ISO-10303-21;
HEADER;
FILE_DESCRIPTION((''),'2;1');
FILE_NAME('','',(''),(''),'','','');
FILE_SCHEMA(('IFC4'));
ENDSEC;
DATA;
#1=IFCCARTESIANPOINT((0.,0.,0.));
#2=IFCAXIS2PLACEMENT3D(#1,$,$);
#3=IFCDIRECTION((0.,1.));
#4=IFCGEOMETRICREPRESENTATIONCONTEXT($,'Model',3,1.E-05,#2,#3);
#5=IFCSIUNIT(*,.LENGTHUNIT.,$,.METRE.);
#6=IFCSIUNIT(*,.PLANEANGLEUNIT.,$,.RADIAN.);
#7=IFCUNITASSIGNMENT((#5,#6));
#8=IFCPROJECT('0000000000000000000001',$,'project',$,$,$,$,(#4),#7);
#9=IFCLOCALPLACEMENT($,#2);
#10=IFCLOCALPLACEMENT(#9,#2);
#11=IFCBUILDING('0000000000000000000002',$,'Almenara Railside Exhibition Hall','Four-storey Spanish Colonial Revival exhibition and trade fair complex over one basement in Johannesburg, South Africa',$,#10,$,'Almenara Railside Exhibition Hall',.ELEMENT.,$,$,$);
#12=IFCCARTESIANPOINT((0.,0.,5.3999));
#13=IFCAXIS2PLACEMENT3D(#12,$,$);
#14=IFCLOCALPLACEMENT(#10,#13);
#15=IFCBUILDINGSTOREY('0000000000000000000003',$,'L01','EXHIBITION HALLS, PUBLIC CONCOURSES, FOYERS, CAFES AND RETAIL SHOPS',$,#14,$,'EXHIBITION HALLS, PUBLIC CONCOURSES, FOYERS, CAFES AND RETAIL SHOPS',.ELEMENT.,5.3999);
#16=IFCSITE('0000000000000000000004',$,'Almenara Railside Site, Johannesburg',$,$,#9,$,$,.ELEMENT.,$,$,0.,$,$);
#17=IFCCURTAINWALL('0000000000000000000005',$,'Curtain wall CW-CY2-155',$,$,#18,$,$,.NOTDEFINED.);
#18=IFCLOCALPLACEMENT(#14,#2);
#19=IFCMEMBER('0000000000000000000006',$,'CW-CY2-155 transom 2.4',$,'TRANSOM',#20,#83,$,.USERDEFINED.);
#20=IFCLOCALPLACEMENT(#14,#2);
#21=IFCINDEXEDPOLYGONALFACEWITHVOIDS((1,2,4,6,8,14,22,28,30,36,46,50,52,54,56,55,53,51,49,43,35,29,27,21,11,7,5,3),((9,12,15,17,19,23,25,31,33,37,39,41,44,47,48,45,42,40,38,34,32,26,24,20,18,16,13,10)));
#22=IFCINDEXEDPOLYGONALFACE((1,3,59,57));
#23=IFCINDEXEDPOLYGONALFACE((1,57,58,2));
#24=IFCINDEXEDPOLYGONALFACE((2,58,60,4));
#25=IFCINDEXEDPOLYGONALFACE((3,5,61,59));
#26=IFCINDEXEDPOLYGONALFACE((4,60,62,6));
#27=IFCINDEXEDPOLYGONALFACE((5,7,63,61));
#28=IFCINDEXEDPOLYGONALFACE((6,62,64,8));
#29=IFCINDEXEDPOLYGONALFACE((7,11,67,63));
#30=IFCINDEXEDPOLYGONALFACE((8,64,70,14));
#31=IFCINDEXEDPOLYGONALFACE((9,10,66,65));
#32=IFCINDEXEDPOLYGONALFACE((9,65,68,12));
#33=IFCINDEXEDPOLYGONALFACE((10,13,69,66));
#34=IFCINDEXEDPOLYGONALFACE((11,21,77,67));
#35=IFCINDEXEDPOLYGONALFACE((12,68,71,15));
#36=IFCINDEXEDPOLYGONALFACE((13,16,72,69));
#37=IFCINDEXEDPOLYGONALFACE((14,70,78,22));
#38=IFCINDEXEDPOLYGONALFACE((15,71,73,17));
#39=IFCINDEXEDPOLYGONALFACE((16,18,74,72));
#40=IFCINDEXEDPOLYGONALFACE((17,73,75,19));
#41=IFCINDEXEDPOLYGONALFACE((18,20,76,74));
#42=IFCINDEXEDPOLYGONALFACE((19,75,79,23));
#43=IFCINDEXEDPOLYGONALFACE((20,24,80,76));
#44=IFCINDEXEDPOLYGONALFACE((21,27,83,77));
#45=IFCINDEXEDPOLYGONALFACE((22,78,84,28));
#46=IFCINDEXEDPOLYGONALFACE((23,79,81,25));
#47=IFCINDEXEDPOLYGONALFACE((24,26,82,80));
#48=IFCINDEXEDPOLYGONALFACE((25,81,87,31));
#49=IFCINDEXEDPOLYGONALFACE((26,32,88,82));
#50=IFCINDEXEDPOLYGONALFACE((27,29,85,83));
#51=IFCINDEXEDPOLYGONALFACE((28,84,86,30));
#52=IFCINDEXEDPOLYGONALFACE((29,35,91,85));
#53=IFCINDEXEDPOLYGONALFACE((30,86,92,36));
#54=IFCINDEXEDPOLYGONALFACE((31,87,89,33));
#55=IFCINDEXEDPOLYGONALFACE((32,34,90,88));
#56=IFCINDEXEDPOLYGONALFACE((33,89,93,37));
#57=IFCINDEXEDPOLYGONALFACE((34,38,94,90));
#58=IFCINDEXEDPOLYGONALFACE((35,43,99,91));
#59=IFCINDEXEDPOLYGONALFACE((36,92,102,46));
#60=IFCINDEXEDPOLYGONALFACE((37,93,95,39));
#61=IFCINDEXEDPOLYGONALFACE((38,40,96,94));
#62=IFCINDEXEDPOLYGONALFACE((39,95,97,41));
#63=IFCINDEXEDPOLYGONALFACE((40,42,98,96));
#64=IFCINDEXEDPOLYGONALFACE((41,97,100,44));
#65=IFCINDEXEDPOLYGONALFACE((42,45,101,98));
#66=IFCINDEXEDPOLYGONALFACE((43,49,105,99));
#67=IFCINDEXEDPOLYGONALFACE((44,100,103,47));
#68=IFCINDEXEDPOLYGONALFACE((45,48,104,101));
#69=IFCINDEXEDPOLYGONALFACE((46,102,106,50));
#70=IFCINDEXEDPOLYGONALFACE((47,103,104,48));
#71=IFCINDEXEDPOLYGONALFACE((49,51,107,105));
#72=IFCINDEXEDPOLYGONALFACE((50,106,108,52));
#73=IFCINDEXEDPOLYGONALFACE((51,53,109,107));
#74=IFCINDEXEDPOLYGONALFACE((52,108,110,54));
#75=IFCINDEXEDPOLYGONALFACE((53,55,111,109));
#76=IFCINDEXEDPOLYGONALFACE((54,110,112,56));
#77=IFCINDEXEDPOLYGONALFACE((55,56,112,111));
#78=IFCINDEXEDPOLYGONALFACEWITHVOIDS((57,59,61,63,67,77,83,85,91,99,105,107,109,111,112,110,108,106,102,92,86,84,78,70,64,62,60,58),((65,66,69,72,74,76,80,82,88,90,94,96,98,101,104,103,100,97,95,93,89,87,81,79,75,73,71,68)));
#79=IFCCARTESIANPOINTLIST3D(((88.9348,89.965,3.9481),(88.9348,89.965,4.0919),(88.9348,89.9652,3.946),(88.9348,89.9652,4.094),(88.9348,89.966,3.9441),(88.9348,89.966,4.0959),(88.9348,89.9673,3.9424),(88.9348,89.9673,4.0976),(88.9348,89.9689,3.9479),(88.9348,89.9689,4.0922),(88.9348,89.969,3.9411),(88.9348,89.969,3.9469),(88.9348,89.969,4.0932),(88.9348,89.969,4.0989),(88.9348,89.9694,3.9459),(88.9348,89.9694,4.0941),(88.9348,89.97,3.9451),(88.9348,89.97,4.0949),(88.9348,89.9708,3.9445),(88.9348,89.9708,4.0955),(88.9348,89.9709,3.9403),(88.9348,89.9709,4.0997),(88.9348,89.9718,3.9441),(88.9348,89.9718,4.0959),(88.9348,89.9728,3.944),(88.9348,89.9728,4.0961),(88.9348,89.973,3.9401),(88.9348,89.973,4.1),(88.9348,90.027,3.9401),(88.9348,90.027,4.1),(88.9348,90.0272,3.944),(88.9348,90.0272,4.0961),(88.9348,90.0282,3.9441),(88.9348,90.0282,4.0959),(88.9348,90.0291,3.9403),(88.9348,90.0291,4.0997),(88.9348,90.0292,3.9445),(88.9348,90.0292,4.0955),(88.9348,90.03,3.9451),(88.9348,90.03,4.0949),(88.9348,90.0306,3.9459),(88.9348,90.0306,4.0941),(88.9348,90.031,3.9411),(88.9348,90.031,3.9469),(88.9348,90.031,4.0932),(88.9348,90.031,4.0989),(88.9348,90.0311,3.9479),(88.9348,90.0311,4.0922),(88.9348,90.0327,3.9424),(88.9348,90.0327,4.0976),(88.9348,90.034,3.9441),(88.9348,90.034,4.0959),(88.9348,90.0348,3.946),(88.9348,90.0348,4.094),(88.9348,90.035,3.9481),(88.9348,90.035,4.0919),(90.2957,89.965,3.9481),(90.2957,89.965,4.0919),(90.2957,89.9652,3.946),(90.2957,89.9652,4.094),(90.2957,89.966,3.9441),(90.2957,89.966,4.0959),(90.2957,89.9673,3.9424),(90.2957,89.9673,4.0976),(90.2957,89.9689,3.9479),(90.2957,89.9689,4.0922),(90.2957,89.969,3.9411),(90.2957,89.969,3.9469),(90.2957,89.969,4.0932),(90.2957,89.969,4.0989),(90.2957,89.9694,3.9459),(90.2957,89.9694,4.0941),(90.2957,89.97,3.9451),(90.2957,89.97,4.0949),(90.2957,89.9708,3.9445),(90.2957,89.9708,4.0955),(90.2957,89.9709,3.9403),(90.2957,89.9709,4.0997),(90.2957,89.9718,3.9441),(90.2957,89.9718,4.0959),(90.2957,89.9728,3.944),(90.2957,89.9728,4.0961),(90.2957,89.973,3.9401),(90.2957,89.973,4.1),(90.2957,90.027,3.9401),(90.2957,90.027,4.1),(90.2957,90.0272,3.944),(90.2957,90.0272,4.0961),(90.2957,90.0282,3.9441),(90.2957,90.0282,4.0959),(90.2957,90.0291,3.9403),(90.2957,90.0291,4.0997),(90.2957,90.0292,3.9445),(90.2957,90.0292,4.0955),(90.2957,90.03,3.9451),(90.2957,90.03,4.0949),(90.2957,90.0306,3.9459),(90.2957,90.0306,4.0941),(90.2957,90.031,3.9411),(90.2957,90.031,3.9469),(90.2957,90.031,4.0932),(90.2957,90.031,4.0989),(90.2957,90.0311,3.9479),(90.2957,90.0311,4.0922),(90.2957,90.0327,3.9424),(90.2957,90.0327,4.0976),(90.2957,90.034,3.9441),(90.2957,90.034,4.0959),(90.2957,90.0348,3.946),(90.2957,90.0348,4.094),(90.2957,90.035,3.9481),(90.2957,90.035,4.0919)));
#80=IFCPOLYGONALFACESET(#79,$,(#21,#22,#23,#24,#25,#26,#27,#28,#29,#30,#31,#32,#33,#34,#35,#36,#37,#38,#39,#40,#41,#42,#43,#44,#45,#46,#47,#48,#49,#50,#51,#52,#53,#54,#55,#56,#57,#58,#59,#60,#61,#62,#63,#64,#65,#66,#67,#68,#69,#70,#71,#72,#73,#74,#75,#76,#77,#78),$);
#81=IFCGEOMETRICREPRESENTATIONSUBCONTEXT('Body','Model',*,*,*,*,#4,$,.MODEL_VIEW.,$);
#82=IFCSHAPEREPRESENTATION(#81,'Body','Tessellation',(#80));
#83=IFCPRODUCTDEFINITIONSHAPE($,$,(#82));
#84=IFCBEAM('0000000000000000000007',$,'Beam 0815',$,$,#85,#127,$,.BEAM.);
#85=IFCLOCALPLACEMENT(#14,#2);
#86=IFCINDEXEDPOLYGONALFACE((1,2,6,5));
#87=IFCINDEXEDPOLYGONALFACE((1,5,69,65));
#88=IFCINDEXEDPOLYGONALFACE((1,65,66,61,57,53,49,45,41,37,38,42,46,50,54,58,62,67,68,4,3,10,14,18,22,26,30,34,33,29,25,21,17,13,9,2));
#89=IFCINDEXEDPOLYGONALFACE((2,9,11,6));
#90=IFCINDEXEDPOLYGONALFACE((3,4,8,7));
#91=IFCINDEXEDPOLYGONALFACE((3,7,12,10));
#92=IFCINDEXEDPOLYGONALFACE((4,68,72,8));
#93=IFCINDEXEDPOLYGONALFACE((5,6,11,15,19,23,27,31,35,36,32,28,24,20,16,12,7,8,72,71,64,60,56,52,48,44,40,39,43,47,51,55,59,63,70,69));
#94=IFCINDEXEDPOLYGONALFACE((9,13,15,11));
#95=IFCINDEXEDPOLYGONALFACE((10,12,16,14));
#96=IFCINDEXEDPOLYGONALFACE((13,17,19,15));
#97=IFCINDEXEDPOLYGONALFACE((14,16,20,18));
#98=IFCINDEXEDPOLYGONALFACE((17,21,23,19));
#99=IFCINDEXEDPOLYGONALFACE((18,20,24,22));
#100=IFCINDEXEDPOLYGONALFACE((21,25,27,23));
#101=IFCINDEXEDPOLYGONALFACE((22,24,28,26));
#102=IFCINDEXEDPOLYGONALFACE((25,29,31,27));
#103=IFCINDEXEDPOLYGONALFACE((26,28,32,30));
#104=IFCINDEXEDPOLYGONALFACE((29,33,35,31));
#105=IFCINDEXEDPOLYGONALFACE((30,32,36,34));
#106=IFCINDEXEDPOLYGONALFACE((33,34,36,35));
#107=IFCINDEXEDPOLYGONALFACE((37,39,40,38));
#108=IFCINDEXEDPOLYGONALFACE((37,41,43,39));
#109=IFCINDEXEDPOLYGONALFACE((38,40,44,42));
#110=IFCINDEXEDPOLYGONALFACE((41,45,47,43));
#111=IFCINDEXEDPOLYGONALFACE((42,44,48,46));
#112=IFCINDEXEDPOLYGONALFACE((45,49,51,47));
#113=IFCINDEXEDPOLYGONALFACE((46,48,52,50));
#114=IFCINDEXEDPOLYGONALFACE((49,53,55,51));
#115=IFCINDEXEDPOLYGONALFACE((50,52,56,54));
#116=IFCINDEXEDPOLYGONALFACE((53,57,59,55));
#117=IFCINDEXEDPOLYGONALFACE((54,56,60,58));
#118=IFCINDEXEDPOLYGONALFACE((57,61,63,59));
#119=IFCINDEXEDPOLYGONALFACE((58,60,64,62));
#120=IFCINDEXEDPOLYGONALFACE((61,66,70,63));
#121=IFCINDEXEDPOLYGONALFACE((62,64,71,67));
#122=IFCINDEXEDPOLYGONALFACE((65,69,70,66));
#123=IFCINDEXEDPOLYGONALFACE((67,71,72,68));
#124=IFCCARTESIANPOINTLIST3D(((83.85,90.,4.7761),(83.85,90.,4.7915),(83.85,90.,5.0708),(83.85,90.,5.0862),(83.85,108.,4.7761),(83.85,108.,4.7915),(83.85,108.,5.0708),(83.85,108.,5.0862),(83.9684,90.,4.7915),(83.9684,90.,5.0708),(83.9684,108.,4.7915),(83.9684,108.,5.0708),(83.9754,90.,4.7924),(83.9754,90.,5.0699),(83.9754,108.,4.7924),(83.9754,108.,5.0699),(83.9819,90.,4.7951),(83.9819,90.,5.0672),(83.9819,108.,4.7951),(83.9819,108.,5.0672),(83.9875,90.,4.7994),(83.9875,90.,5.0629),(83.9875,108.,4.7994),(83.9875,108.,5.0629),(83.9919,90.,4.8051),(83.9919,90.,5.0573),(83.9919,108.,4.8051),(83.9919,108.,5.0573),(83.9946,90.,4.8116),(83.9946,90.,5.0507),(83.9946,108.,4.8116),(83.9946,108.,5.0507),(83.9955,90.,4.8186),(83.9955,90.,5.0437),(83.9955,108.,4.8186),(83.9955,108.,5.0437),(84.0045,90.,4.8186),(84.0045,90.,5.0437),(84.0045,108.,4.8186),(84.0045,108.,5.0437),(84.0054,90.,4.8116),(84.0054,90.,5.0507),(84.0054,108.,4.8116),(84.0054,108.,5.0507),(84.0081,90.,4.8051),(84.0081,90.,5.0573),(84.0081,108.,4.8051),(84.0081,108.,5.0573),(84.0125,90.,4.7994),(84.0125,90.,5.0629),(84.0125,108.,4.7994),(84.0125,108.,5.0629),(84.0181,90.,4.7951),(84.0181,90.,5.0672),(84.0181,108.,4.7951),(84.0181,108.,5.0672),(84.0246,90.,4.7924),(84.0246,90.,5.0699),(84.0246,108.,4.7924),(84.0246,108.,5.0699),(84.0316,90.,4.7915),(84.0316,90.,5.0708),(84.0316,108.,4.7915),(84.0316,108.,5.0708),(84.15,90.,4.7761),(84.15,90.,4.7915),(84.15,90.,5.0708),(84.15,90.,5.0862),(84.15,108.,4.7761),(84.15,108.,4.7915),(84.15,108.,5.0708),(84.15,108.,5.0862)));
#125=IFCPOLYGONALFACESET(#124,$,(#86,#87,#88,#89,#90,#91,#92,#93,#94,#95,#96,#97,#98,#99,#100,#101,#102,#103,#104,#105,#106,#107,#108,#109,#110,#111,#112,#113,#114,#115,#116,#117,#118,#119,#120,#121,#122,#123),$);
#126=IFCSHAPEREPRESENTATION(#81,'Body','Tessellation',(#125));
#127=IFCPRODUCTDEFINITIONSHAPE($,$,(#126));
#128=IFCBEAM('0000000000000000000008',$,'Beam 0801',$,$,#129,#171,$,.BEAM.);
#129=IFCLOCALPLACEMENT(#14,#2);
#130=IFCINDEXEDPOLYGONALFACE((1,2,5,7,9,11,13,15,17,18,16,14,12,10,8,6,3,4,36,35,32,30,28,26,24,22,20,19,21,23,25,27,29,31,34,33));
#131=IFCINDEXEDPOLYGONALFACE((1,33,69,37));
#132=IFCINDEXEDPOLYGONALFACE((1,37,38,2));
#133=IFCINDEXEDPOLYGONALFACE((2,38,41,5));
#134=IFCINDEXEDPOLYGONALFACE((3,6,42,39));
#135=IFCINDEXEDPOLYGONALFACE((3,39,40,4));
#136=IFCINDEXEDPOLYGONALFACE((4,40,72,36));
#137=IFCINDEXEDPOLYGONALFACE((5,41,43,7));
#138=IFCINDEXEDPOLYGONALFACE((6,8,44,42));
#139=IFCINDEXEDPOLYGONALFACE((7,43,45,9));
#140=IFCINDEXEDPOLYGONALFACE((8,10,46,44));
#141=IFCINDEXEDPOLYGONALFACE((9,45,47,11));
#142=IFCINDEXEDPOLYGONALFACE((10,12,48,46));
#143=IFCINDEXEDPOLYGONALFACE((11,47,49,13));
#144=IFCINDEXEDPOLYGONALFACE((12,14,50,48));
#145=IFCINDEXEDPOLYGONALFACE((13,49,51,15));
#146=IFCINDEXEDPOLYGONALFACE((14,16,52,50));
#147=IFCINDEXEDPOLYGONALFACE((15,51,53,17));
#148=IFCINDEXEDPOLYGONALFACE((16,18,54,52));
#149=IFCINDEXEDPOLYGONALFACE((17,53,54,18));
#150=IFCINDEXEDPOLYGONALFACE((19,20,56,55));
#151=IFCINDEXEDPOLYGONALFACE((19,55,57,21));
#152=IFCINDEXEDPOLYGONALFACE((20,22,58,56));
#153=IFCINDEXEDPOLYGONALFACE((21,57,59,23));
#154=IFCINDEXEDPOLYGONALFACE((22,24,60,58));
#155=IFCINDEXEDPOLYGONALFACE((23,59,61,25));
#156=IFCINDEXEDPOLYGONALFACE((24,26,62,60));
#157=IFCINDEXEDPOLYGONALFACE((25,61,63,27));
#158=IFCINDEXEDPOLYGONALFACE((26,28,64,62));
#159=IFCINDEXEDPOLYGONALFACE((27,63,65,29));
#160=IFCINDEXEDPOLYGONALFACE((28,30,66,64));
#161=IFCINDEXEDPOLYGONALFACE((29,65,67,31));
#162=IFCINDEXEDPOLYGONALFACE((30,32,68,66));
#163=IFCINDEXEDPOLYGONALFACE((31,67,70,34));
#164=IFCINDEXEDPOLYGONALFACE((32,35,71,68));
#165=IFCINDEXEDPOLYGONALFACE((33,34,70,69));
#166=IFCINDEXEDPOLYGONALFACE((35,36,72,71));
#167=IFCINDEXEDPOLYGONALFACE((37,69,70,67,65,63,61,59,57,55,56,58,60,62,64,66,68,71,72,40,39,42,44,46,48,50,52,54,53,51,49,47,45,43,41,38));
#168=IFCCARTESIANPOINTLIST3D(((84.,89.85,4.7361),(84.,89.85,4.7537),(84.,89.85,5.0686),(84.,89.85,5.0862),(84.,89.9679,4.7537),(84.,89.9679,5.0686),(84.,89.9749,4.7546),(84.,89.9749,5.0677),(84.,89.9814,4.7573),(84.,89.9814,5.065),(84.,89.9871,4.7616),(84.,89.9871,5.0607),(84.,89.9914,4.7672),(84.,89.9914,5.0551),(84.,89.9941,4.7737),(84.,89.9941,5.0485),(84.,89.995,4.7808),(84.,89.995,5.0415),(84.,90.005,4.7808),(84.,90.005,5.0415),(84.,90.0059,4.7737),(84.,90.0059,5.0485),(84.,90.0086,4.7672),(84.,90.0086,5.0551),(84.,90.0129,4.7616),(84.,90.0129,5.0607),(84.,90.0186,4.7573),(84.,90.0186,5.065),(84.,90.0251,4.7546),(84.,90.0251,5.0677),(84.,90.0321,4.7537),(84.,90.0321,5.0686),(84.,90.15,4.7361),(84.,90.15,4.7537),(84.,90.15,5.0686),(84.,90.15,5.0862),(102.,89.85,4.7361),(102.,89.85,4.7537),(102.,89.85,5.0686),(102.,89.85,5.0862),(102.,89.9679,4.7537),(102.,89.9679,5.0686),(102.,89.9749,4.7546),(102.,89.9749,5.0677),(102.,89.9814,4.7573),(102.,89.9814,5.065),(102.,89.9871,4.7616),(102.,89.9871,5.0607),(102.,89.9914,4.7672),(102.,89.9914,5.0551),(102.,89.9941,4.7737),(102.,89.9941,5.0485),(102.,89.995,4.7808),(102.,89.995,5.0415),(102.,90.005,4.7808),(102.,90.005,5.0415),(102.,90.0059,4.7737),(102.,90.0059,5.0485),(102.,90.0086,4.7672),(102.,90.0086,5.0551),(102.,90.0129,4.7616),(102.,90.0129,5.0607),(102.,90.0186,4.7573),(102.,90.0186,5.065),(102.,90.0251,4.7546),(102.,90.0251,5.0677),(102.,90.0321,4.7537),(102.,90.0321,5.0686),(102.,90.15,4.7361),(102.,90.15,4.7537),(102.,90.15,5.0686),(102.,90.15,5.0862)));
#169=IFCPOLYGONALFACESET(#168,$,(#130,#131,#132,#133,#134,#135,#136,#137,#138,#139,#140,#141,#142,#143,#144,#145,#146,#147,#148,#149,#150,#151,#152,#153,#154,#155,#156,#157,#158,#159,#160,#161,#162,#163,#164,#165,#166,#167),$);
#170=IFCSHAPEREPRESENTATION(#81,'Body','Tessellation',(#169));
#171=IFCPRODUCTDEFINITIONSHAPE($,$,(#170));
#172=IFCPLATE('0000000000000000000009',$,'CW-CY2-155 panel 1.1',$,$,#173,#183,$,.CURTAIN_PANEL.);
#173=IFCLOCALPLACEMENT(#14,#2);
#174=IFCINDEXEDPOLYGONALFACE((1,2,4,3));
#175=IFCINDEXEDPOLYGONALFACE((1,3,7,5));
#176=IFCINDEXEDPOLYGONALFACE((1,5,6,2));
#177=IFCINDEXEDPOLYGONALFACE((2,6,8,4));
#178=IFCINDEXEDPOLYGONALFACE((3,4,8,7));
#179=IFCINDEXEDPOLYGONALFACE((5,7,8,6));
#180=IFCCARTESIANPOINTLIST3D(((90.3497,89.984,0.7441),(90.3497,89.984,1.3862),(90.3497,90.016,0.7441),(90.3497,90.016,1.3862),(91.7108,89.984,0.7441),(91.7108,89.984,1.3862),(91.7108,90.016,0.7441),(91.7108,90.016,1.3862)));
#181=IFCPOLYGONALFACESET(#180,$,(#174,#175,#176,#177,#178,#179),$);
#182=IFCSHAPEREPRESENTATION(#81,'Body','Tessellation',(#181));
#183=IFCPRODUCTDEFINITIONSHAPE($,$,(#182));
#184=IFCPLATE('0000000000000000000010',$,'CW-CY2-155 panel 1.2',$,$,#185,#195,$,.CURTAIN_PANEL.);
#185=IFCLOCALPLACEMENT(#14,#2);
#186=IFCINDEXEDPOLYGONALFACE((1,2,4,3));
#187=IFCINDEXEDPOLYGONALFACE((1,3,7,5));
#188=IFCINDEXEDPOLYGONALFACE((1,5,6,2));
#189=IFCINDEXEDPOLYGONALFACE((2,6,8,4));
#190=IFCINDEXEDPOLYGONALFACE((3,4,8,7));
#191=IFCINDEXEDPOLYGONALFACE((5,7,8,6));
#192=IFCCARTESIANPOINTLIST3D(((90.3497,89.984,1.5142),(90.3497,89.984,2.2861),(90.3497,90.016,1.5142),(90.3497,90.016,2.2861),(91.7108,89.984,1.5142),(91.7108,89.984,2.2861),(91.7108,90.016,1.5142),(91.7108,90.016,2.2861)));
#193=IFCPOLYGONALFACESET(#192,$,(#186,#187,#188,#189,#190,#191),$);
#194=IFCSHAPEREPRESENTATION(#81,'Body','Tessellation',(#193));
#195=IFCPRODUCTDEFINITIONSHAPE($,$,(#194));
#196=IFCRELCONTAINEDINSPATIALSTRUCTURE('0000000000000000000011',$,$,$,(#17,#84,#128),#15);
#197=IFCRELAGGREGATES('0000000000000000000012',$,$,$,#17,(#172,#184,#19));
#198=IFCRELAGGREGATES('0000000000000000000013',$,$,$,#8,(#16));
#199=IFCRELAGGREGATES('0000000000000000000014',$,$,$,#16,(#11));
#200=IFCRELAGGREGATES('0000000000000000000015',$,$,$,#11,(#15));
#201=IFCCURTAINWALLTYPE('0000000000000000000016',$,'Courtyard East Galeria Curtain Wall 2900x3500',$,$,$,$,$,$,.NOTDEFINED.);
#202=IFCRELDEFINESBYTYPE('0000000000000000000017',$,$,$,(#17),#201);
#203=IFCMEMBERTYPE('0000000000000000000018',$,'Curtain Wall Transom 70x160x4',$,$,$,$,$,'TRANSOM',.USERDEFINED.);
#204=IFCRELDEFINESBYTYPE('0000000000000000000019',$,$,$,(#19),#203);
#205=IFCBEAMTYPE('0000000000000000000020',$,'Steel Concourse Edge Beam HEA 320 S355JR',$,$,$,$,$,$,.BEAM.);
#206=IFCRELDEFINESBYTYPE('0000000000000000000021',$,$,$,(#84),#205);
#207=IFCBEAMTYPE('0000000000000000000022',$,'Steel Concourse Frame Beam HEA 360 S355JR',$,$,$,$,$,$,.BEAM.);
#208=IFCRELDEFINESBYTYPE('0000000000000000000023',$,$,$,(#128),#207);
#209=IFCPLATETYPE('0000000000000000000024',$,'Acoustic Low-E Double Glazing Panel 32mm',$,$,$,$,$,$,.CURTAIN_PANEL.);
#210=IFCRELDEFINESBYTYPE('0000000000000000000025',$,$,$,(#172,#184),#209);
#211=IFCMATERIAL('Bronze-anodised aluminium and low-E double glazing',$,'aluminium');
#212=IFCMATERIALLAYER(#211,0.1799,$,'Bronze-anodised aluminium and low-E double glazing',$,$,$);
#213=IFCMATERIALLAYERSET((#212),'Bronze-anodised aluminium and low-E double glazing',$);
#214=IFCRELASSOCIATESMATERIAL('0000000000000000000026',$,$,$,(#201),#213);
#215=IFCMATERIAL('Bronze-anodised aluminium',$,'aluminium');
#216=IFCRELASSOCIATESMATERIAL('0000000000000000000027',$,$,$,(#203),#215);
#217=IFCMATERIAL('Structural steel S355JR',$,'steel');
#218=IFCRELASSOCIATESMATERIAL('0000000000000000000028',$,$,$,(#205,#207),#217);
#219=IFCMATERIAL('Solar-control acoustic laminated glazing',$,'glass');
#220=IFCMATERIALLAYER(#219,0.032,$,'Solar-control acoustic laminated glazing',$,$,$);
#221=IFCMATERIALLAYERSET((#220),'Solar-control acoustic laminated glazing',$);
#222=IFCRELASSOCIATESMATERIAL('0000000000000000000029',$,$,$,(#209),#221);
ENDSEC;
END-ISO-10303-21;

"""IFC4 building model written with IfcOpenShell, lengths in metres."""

from ifc_helpers import new_model, si_unit, direction, frame, origin, origin_2d, place, context, subcontext, project, spatial, rectangle, hollow_rectangle, i_section, extrude, material, layer, layer_set, material_profile, profile_set, type_object, element, aggregate, save


model = new_model("IFC4")

# Units and contexts
model_context = context("Model", 3, precision=1e-05, world=origin(), true_north=direction((0.0, 1.0)))
body_context = subcontext(model_context, "Body", "Model", "MODEL_VIEW")
ifc_project = project(units=[si_unit("LENGTHUNIT", "METRE"), si_unit("PLANEANGLEUNIT", "RADIAN")], contexts=[model_context])

# Site, building, storey
site_placement = place(None, origin())
site = spatial("IfcSite", under=ifc_project, at=site_placement, Name="Almenara Railside Site, Johannesburg", CompositionType="ELEMENT", RefElevation=0.0)
building_placement = place(site_placement, origin())
building = spatial("IfcBuilding", under=site, at=building_placement, Name="Almenara Railside Exhibition Hall", Description="Four-storey Spanish Colonial Revival exhibition and trade fair complex over one basement in Johannesburg, South Africa", LongName="Almenara Railside Exhibition Hall", CompositionType="ELEMENT")
storey_placement = place(building_placement, frame((0.0, 0.0, 5.3999)))
storey = spatial("IfcBuildingStorey", under=building, at=storey_placement, Name="L01", Description="EXHIBITION HALLS, PUBLIC CONCOURSES, FOYERS, CAFES AND RETAIL SHOPS", LongName="EXHIBITION HALLS, PUBLIC CONCOURSES, FOYERS, CAFES AND RETAIL SHOPS", CompositionType="ELEMENT", Elevation=5.3999)

# Shared definitions
ifc_material_1 = material(Name="Bronze-anodised aluminium and low-E double glazing", Category="aluminium")
ifc_material_2 = material(Name="Bronze-anodised aluminium", Category="aluminium")

# Curtain wall
ifc_layer_1 = layer(ifc_material_1, 0.1799, Name="Bronze-anodised aluminium and low-E double glazing")
ifc_layer_set_1 = layer_set([ifc_layer_1], Name="Bronze-anodised aluminium and low-E double glazing")
curtain_wall_type_1 = type_object("IfcCurtainWallType", Name="Courtyard East Galeria Curtain Wall 2900x3500", PredefinedType="NOTDEFINED", material=ifc_layer_set_1)
curtain_wall_1_placement = place(storey_placement, origin())
curtain_wall_1 = element("IfcCurtainWall", 1, at=curtain_wall_1_placement, inside=storey, type_object=curtain_wall_type_1, Name="Curtain wall CW-CY2-155", PredefinedType="NOTDEFINED")

# Member
ifc_material_profile_1 = material_profile(ifc_material_2, hollow_rectangle(XDim=0.0701, YDim=0.1599, WallThickness=0.0039, InnerFilletRadius=0.0039, OuterFilletRadius=0.0081, at=origin_2d()), Name="ALU-TRN 70x160x4")
ifc_profile_set_1 = profile_set([ifc_material_profile_1], Name="Bronze-anodised aluminium")
member_type_1 = type_object("IfcMemberType", Name="Curtain Wall Transom 70x160x4", ElementType="TRANSOM", PredefinedType="USERDEFINED", material=ifc_profile_set_1)
member_1_placement = place(storey_placement, frame((90.2957, 90.0, 4.02), z_axis=(-1.0, 0.0, 0.0), x_axis=(0.0, -1.0, 0.0)))
member_1 = element("IfcMember", 2, at=member_1_placement, type_object=member_type_1, Name="CW-CY2-155 transom 2.4", ObjectType="TRANSOM", PredefinedType="USERDEFINED", context=body_context, shape_type="SweptSolid", body=[
    extrude(hollow_rectangle(XDim=0.0701, YDim=0.1599, WallThickness=0.0039, InnerFilletRadius=0.0039, OuterFilletRadius=0.0081, at=origin_2d()), origin(), (0.0, 0.0, 1.0), 1.3608),
])

# Beams
ifc_material_3 = material(Name="Structural steel S355JR", Category="steel")
ifc_material_profile_2 = material_profile(ifc_material_3, i_section(OverallWidth=0.3, OverallDepth=0.3101, WebThickness=0.009, FlangeThickness=0.0154, FilletRadius=0.0271, at=origin_2d()), Name="HEA 320")
ifc_profile_set_2 = profile_set([ifc_material_profile_2], Name="Structural steel S355JR")
beam_type_1 = type_object("IfcBeamType", Name="Steel Concourse Edge Beam HEA 320 S355JR", PredefinedType="BEAM", material=ifc_profile_set_2)
beam_1_placement = place(storey_placement, frame((84.0, 90.0, 4.9312), z_axis=(0.0, 1.0, 0.0), x_axis=(-1.0, 0.0, 0.0)))
element("IfcBeam", 3, at=beam_1_placement, inside=storey, type_object=beam_type_1, Name="Beam 0815", PredefinedType="BEAM", context=body_context, shape_type="SweptSolid", body=[
    extrude(i_section(OverallWidth=0.3, OverallDepth=0.3101, WebThickness=0.009, FlangeThickness=0.0154, FilletRadius=0.0271, at=origin_2d()), origin(), (0.0, 0.0, 1.0), 18.0),
])
ifc_material_profile_3 = material_profile(ifc_material_3, i_section(OverallWidth=0.3, OverallDepth=0.3501, WebThickness=0.01, FlangeThickness=0.0176, FilletRadius=0.0271, at=origin_2d()), Name="HEA 360")
ifc_profile_set_3 = profile_set([ifc_material_profile_3], Name="Structural steel S355JR")
beam_type_2 = type_object("IfcBeamType", Name="Steel Concourse Frame Beam HEA 360 S355JR", PredefinedType="BEAM", material=ifc_profile_set_3)
beam_2_placement = place(storey_placement, frame((84.0, 90.0, 4.9111), z_axis=(1.0, 0.0, 0.0), x_axis=(0.0, 1.0, 0.0)))
element("IfcBeam", 4, at=beam_2_placement, inside=storey, type_object=beam_type_2, Name="Beam 0801", PredefinedType="BEAM", context=body_context, shape_type="SweptSolid", body=[
    extrude(i_section(OverallWidth=0.3, OverallDepth=0.3501, WebThickness=0.01, FlangeThickness=0.0176, FilletRadius=0.0271, at=origin_2d()), origin(), (0.0, 0.0, 1.0), 18.0),
])

# Plates
ifc_material_4 = material(Name="Solar-control acoustic laminated glazing", Category="glass")
ifc_layer_2 = layer(ifc_material_4, 0.032, Name="Solar-control acoustic laminated glazing")
ifc_layer_set_2 = layer_set([ifc_layer_2], Name="Solar-control acoustic laminated glazing")
plate_type = type_object("IfcPlateType", Name="Acoustic Low-E Double Glazing Panel 32mm", PredefinedType="CURTAIN_PANEL", material=ifc_layer_set_2)
plate_1_placement = place(storey_placement, frame((91.0303, 90.0, 0.7441), z_axis=(0.0, 0.0, 1.0), x_axis=(-1.0, 0.0, 0.0)))
plate_1 = element("IfcPlate", 5, at=plate_1_placement, type_object=plate_type, Name="CW-CY2-155 panel 1.1", PredefinedType="CURTAIN_PANEL", context=body_context, shape_type="SweptSolid", body=[
    extrude(rectangle(XDim=1.3611, YDim=0.032, at=origin_2d()), origin(), (0.0, 0.0, 1.0), 0.6421),
])
plate_2_placement = place(storey_placement, frame((91.0303, 90.0, 1.5142), z_axis=(0.0, 0.0, 1.0), x_axis=(-1.0, 0.0, 0.0)))
plate_2 = element("IfcPlate", 6, at=plate_2_placement, type_object=plate_type, Name="CW-CY2-155 panel 1.2", PredefinedType="CURTAIN_PANEL", context=body_context, shape_type="SweptSolid", body=[
    extrude(rectangle(XDim=1.3611, YDim=0.032, at=origin_2d()), origin(), (0.0, 0.0, 1.0), 0.772),
])
aggregate(curtain_wall_1, [plate_1, plate_2, member_1])

save(model, "model.ifc")
